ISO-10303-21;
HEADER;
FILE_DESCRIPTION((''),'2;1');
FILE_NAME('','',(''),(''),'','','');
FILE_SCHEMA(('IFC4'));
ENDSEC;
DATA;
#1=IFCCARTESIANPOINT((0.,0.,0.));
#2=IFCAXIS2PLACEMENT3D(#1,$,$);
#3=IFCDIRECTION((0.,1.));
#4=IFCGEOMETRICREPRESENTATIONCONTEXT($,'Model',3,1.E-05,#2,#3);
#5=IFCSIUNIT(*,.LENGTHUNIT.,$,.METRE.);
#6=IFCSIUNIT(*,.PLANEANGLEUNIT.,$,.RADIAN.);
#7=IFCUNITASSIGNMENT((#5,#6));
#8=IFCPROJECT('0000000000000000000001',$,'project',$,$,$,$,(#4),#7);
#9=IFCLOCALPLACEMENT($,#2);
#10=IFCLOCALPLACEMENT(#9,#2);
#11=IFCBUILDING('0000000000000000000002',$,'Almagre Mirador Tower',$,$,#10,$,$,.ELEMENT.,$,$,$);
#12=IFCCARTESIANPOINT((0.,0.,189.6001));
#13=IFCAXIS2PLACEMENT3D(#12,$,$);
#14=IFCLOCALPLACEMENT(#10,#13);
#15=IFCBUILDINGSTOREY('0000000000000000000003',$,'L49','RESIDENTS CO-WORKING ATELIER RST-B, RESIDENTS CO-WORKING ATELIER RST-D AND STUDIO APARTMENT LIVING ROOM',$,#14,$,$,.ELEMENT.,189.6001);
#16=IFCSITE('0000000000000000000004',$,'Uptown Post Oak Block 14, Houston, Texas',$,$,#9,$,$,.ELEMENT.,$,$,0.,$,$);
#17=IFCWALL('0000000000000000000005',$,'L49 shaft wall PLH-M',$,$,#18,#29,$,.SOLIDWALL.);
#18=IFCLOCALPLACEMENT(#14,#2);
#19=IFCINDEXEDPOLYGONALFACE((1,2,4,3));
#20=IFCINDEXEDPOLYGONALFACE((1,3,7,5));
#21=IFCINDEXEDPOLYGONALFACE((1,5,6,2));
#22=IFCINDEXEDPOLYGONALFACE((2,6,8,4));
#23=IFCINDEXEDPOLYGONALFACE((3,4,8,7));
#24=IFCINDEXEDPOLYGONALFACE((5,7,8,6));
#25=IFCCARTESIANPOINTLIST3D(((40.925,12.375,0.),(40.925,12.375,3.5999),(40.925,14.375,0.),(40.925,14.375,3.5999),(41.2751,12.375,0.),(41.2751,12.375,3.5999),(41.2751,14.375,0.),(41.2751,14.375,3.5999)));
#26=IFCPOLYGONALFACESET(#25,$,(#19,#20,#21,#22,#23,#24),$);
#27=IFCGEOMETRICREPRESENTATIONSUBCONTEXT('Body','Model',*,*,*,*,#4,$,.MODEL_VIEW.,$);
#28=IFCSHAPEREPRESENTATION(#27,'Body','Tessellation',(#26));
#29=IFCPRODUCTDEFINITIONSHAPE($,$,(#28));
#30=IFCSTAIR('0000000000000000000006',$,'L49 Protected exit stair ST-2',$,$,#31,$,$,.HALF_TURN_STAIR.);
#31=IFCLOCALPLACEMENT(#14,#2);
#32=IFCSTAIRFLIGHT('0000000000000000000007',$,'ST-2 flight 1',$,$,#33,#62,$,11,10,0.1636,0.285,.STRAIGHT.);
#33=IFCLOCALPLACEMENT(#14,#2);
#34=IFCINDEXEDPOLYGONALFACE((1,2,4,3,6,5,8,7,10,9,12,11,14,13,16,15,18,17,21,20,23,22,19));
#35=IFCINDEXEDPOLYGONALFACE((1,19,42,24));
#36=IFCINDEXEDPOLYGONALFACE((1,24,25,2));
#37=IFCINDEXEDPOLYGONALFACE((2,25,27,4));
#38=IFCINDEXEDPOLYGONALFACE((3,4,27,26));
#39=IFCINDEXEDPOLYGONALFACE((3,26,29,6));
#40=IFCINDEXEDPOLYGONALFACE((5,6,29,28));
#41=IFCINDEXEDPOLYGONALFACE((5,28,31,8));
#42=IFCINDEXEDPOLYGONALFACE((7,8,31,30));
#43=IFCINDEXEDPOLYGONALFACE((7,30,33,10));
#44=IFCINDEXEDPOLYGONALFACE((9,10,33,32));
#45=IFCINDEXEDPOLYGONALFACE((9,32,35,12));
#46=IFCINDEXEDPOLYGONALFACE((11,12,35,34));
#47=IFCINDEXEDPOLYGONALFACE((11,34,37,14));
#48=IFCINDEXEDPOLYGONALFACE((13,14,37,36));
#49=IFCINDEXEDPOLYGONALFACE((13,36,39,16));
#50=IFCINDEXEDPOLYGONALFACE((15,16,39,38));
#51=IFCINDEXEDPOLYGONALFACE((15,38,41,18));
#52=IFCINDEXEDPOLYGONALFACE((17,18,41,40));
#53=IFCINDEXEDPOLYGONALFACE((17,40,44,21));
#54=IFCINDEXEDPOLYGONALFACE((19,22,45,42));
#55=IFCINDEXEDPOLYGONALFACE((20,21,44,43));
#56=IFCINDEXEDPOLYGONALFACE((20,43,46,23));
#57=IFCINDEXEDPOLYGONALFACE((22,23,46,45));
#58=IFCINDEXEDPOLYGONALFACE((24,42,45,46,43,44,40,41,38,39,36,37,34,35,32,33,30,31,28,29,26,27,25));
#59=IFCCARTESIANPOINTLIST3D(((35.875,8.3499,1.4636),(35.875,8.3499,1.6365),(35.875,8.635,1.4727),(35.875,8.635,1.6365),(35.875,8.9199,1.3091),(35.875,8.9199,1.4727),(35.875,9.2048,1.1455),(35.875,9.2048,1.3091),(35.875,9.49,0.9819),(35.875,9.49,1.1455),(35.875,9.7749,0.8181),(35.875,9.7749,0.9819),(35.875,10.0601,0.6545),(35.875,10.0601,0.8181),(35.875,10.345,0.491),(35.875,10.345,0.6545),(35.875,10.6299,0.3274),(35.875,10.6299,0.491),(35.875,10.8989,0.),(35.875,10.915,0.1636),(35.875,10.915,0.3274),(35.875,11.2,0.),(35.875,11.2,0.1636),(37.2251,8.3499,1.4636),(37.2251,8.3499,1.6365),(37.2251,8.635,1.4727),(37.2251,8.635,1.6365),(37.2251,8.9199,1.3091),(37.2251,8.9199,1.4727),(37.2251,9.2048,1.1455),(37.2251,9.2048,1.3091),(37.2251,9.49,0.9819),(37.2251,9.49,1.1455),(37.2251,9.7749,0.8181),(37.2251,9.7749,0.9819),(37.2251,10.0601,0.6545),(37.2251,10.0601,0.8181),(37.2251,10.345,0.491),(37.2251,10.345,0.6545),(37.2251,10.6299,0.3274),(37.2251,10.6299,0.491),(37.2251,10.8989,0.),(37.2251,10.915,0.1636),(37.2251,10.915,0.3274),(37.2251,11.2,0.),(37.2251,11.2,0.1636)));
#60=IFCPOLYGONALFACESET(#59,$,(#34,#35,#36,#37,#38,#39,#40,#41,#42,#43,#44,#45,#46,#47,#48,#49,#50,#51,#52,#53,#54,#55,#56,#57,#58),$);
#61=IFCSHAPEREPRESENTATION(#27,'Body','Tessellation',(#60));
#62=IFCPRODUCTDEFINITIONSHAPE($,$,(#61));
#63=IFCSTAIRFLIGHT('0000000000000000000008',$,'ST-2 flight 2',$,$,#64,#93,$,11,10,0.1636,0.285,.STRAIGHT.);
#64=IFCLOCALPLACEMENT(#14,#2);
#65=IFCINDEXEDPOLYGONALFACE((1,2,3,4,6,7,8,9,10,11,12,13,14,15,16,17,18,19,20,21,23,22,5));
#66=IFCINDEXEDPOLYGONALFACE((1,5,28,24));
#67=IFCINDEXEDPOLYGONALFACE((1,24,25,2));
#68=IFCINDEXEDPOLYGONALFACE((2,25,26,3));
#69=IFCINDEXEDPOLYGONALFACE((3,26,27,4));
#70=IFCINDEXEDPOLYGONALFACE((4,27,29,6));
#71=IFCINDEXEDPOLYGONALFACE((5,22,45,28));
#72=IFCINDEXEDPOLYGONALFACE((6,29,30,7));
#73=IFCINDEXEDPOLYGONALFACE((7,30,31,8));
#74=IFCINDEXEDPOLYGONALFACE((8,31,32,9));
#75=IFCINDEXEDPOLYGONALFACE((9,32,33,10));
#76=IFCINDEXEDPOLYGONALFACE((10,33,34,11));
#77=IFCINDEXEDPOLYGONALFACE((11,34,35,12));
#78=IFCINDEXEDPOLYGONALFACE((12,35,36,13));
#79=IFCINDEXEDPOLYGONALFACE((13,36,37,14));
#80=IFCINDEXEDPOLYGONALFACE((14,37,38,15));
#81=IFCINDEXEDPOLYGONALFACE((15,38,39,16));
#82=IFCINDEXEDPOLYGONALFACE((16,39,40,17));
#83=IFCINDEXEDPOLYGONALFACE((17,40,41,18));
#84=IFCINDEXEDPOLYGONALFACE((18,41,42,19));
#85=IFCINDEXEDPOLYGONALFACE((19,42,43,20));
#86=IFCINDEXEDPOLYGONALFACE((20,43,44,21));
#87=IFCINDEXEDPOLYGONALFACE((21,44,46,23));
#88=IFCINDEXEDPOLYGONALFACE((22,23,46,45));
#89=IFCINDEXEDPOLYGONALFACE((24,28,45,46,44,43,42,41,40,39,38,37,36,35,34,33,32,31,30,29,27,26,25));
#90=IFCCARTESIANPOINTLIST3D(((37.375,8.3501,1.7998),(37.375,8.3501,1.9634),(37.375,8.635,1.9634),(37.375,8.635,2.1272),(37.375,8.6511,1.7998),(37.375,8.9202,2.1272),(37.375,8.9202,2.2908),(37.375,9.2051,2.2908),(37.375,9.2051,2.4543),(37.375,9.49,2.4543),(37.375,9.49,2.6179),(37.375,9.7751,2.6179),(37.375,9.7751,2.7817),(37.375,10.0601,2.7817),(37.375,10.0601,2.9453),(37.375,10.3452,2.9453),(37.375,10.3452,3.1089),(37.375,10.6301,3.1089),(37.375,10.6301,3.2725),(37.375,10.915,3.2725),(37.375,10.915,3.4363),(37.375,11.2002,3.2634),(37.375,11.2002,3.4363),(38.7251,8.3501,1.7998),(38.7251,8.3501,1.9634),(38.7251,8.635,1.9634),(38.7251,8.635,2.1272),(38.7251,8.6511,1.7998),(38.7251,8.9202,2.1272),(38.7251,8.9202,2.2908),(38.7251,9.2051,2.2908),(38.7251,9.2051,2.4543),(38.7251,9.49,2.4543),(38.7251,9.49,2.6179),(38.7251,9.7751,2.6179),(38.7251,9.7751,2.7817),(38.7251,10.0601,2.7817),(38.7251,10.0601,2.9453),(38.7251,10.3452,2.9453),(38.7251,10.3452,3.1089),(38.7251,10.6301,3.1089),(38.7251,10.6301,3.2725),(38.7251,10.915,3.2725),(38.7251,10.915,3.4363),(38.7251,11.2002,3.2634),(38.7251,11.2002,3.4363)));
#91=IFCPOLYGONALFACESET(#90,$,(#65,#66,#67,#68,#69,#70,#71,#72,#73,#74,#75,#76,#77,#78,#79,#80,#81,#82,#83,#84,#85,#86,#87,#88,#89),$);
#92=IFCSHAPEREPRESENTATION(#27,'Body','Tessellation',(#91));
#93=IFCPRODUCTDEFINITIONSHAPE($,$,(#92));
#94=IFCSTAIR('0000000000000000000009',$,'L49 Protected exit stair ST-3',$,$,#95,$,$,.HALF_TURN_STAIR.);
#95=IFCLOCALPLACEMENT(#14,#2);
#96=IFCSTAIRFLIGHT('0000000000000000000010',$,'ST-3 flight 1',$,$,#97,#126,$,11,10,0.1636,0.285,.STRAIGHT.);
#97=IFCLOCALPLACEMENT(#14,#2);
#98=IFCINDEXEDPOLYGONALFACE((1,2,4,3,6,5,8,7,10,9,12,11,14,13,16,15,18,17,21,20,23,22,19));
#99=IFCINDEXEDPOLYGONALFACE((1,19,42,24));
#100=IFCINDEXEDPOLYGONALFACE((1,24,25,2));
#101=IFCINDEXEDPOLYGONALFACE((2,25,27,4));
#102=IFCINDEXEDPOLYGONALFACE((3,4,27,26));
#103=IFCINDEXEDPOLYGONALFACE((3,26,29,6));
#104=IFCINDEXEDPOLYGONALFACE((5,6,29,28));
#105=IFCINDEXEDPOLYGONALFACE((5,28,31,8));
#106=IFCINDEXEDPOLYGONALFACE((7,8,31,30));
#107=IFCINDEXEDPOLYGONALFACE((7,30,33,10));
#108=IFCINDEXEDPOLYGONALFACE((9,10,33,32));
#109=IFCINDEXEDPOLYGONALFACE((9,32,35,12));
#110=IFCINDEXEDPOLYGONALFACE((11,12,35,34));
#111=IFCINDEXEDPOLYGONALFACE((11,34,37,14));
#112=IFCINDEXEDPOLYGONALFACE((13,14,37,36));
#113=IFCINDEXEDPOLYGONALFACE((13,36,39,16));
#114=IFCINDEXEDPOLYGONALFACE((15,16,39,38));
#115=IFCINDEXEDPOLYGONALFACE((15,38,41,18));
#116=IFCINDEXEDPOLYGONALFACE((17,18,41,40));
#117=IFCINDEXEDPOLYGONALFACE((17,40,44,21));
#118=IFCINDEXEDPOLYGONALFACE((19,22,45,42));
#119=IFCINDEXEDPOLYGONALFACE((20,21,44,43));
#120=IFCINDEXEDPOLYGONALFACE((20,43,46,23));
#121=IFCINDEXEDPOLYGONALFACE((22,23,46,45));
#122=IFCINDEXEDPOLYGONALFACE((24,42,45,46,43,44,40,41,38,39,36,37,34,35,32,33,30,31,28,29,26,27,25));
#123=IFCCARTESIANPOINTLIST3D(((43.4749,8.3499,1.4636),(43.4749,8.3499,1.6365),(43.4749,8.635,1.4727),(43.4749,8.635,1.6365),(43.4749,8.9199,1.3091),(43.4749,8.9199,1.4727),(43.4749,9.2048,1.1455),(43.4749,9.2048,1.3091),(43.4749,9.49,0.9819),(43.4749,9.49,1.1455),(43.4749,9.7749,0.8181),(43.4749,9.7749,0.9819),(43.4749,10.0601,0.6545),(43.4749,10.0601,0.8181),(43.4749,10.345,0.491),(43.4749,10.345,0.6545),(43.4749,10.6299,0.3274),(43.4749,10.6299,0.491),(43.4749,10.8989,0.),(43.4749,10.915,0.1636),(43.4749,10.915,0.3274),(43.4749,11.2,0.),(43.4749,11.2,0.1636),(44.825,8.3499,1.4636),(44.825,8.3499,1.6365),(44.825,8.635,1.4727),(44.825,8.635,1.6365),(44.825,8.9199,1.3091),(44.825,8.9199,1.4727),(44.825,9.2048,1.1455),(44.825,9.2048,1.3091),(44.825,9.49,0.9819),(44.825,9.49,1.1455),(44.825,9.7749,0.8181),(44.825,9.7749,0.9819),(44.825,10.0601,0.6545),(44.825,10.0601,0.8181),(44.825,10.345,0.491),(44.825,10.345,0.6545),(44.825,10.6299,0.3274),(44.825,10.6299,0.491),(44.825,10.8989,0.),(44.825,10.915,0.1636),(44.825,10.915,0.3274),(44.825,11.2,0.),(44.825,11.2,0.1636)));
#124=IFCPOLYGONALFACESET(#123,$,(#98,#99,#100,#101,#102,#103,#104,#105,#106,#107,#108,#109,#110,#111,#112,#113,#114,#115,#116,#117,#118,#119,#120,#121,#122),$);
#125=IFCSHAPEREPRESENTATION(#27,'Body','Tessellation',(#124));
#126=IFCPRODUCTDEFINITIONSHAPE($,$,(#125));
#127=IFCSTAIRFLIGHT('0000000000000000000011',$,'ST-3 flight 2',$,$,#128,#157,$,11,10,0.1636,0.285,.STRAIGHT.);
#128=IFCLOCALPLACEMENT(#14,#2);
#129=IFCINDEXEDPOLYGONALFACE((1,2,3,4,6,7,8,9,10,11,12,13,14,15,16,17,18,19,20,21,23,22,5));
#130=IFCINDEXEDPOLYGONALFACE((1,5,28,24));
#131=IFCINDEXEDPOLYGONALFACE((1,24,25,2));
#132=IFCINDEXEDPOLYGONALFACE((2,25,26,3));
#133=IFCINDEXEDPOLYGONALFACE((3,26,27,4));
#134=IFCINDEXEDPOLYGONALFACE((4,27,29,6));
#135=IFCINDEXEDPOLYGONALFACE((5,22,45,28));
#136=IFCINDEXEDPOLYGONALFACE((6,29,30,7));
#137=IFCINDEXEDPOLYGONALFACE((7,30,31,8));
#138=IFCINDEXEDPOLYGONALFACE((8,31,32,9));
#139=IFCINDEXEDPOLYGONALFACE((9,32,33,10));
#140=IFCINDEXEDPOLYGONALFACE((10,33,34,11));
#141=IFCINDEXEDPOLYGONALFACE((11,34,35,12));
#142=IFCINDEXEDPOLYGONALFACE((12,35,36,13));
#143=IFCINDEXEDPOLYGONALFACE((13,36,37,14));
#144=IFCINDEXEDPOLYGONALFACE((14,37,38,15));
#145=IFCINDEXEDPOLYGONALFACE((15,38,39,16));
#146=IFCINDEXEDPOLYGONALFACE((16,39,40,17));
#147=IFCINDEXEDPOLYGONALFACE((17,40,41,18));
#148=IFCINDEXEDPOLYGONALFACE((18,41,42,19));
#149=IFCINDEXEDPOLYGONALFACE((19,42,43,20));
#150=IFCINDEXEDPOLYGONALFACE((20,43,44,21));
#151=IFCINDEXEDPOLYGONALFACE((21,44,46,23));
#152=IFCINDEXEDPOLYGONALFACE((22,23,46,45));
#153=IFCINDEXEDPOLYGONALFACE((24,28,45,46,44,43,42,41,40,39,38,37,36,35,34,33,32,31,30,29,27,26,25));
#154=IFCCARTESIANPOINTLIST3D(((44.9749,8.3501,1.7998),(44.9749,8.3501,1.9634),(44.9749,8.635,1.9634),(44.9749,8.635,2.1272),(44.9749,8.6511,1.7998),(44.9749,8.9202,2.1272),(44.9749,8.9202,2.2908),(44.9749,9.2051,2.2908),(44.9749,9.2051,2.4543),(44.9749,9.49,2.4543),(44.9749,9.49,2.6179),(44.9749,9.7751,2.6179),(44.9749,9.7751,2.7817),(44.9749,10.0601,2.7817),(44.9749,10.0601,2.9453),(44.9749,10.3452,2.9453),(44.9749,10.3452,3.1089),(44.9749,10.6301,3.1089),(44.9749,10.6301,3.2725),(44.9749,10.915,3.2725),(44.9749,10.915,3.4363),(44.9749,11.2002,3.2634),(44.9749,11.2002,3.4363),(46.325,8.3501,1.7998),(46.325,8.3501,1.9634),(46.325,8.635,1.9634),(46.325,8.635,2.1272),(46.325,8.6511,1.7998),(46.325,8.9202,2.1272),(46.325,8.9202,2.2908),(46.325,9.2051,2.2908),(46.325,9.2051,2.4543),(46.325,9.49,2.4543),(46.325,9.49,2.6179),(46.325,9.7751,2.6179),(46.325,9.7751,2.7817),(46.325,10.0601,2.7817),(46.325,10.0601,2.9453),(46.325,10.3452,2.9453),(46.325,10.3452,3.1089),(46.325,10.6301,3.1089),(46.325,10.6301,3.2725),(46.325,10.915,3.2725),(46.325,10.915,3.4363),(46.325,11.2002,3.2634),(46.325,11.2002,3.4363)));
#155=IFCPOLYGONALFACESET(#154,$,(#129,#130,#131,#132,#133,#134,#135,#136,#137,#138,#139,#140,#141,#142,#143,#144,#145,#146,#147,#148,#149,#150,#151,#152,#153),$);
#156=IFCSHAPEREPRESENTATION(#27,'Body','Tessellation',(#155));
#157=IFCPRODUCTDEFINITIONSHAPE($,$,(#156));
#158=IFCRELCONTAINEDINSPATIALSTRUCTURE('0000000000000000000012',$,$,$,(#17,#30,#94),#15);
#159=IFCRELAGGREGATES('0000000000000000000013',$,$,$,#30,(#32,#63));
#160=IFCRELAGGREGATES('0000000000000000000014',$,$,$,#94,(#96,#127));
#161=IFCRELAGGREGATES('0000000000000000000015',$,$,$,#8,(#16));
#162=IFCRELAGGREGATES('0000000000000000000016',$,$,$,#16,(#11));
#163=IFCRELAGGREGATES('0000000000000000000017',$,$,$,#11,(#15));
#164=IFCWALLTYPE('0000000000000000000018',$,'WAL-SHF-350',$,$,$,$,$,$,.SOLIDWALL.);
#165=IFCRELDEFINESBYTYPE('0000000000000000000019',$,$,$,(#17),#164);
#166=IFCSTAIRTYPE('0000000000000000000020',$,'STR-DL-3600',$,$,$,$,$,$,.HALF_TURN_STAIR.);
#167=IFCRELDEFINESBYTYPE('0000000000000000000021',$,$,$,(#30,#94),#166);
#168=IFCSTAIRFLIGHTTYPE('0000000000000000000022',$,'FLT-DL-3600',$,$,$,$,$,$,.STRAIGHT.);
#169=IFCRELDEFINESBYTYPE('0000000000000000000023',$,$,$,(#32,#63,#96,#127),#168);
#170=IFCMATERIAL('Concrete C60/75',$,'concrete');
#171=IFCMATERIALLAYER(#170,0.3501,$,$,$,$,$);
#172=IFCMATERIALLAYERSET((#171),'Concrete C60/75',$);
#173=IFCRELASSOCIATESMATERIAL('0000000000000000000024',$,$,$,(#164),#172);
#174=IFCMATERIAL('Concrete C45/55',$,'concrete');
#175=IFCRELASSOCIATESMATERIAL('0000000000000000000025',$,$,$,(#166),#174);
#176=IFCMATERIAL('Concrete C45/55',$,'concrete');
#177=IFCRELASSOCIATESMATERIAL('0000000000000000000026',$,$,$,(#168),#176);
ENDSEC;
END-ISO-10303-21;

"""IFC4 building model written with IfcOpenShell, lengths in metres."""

from ifc_helpers import new_model, si_unit, direction, frame, frame_2d, origin, place, context, subcontext, project, spatial, polyline, rectangle, outline, extrude, material, layer, layer_set, type_object, element, aggregate, save


model = new_model("IFC4")

# Units and contexts
model_context = context("Model", 3, precision=1e-05, world=origin(), true_north=direction((0.0, 1.0)))
body_context = subcontext(model_context, "Body", "Model", "MODEL_VIEW")
ifc_project = project(units=[si_unit("LENGTHUNIT", "METRE"), si_unit("PLANEANGLEUNIT", "RADIAN")], contexts=[model_context])

# Site, building, storey
site_placement = place(None, origin())
site = spatial("IfcSite", under=ifc_project, at=site_placement, Name="Uptown Post Oak Block 14, Houston, Texas", CompositionType="ELEMENT", RefElevation=0.0)
building_placement = place(site_placement, origin())
building = spatial("IfcBuilding", under=site, at=building_placement, Name="Almagre Mirador Tower", CompositionType="ELEMENT")
storey_placement = place(building_placement, frame((0.0, 0.0, 189.6001)))
storey = spatial("IfcBuildingStorey", under=building, at=storey_placement, Name="L49", Description="RESIDENTS CO-WORKING ATELIER RST-B, RESIDENTS CO-WORKING ATELIER RST-D AND STUDIO APARTMENT LIVING ROOM", CompositionType="ELEMENT", Elevation=189.6001)

# Shared definitions
ifc_material_1 = material(Name="Concrete C60/75", Category="concrete")
ifc_layer_1 = layer(ifc_material_1, 0.3501)
ifc_layer_set_1 = layer_set([ifc_layer_1], Name="Concrete C60/75")
wall_type_1 = type_object("IfcWallType", Name="WAL-SHF-350", PredefinedType="SOLIDWALL", material=ifc_layer_set_1)

# Wall
wall_1_placement = place(storey_placement, frame((41.1001, 12.375, 0.0), z_axis=(0.0, 0.0, 1.0), x_axis=(0.0, 1.0, 0.0)))
element("IfcWall", 1, at=wall_1_placement, inside=storey, type_object=wall_type_1, Name="L49 shaft wall PLH-M", PredefinedType="SOLIDWALL", context=body_context, shape_type="SweptSolid", body=[
    extrude(rectangle(XDim=2.0, YDim=0.3501, at=frame_2d((1.0, 0.0))), origin(), (0.0, 0.0, 1.0), 3.5999),
])

# Stairs, stair flights
ifc_material_2 = material(Name="Concrete C45/55", Category="concrete")
stair_type = type_object("IfcStairType", Name="STR-DL-3600", PredefinedType="HALF_TURN_STAIR", material=ifc_material_2)
stair_1_placement = place(storey_placement, origin())
stair_1 = element("IfcStair", 2, at=stair_1_placement, inside=storey, type_object=stair_type, Name="L49 Protected exit stair ST-2", PredefinedType="HALF_TURN_STAIR")
ifc_material_3 = material(Name="Concrete C45/55", Category="concrete")
stair_flight_type = type_object("IfcStairFlightType", Name="FLT-DL-3600", PredefinedType="STRAIGHT", material=ifc_material_3)
stair_flight_1_placement = place(storey_placement, frame((36.55, 11.2, 0.0), z_axis=(0.0, 0.0, 1.0), x_axis=(0.0, -1.0, 0.0)))
stair_flight_1 = element("IfcStairFlight", 3, at=stair_flight_1_placement, type_object=stair_flight_type, Name="ST-2 flight 1", NumberOfRisers=11, NumberOfTreads=10, PredefinedType="STRAIGHT", RiserHeight=0.1636, TreadLength=0.285, context=body_context, shape_type="SweptSolid", body=[
    extrude(outline(polyline([(0.0, 0.0), (0.0, 0.1636), (0.2849, 0.1636), (0.2849, 0.3274), (0.5701, 0.3274), (0.5701, 0.491), (0.855, 0.491), (0.855, 0.6545), (1.1399, 0.6545), (1.1399, 0.8181), (1.425, 0.8181), (1.425, 0.9819), (1.71, 0.9819), (1.71, 1.1455), (1.9951, 1.1455), (1.9951, 1.3091), (2.28, 1.3091), (2.28, 1.4727), (2.5649, 1.4727), (2.5649, 1.6365), (2.8501, 1.6365), (2.8501, 1.8), (2.8501, 1.4636), (0.301, 0.0), (0.0, 0.0)])), frame((0.0, 0.675, 0.0), z_axis=(0.0, -1.0, 0.0), x_axis=(1.0, 0.0, 0.0)), (0.0, 0.0, 1.0), 1.3501),
])
stair_flight_2_placement = place(storey_placement, frame((38.05, 8.3501, 1.7998), z_axis=(0.0, 0.0, 1.0), x_axis=(0.0, 1.0, 0.0)))
stair_flight_2 = element("IfcStairFlight", 4, at=stair_flight_2_placement, type_object=stair_flight_type, Name="ST-2 flight 2", NumberOfRisers=11, NumberOfTreads=10, PredefinedType="STRAIGHT", RiserHeight=0.1636, TreadLength=0.285, context=body_context, shape_type="SweptSolid", body=[
    extrude(outline(polyline([(0.0, 0.0), (0.0, 0.1636), (0.2849, 0.1636), (0.2849, 0.3274), (0.5701, 0.3274), (0.5701, 0.491), (0.855, 0.491), (0.855, 0.6545), (1.1399, 0.6545), (1.1399, 0.8181), (1.425, 0.8181), (1.425, 0.9819), (1.71, 0.9819), (1.71, 1.1455), (1.9951, 1.1455), (1.9951, 1.3091), (2.28, 1.3091), (2.28, 1.4727), (2.5649, 1.4727), (2.5649, 1.6365), (2.8501, 1.6365), (2.8501, 1.8), (2.8501, 1.4636), (0.301, 0.0), (0.0, 0.0)])), frame((0.0, 0.675, 0.0), z_axis=(0.0, -1.0, 0.0), x_axis=(1.0, 0.0, 0.0)), (0.0, 0.0, 1.0), 1.3501),
])
aggregate(stair_1, [stair_flight_1, stair_flight_2])
stair_2_placement = place(storey_placement, origin())
stair_2 = element("IfcStair", 5, at=stair_2_placement, inside=storey, type_object=stair_type, Name="L49 Protected exit stair ST-3", PredefinedType="HALF_TURN_STAIR")
stair_flight_3_placement = place(storey_placement, frame((44.1499, 11.2, 0.0), z_axis=(0.0, 0.0, 1.0), x_axis=(0.0, -1.0, 0.0)))
stair_flight_3 = element("IfcStairFlight", 6, at=stair_flight_3_placement, type_object=stair_flight_type, Name="ST-3 flight 1", NumberOfRisers=11, NumberOfTreads=10, PredefinedType="STRAIGHT", RiserHeight=0.1636, TreadLength=0.285, context=body_context, shape_type="SweptSolid", body=[
    extrude(outline(polyline([(0.0, 0.0), (0.0, 0.1636), (0.2849, 0.1636), (0.2849, 0.3274), (0.5701, 0.3274), (0.5701, 0.491), (0.855, 0.491), (0.855, 0.6545), (1.1399, 0.6545), (1.1399, 0.8181), (1.425, 0.8181), (1.425, 0.9819), (1.71, 0.9819), (1.71, 1.1455), (1.9951, 1.1455), (1.9951, 1.3091), (2.28, 1.3091), (2.28, 1.4727), (2.5649, 1.4727), (2.5649, 1.6365), (2.8501, 1.6365), (2.8501, 1.8), (2.8501, 1.4636), (0.301, 0.0), (0.0, 0.0)])), frame((0.0, 0.675, 0.0), z_axis=(0.0, -1.0, 0.0), x_axis=(1.0, 0.0, 0.0)), (0.0, 0.0, 1.0), 1.3501),
])
stair_flight_4_placement = place(storey_placement, frame((45.6499, 8.3501, 1.7998), z_axis=(0.0, 0.0, 1.0), x_axis=(0.0, 1.0, 0.0)))
stair_flight_4 = element("IfcStairFlight", 7, at=stair_flight_4_placement, type_object=stair_flight_type, Name="ST-3 flight 2", NumberOfRisers=11, NumberOfTreads=10, PredefinedType="STRAIGHT", RiserHeight=0.1636, TreadLength=0.285, context=body_context, shape_type="SweptSolid", body=[
    extrude(outline(polyline([(0.0, 0.0), (0.0, 0.1636), (0.2849, 0.1636), (0.2849, 0.3274), (0.5701, 0.3274), (0.5701, 0.491), (0.855, 0.491), (0.855, 0.6545), (1.1399, 0.6545), (1.1399, 0.8181), (1.425, 0.8181), (1.425, 0.9819), (1.71, 0.9819), (1.71, 1.1455), (1.9951, 1.1455), (1.9951, 1.3091), (2.28, 1.3091), (2.28, 1.4727), (2.5649, 1.4727), (2.5649, 1.6365), (2.8501, 1.6365), (2.8501, 1.8), (2.8501, 1.4636), (0.301, 0.0), (0.0, 0.0)])), frame((0.0, 0.675, 0.0), z_axis=(0.0, -1.0, 0.0), x_axis=(1.0, 0.0, 0.0)), (0.0, 0.0, 1.0), 1.3501),
])
aggregate(stair_2, [stair_flight_3, stair_flight_4])

save(model, "model.ifc")
